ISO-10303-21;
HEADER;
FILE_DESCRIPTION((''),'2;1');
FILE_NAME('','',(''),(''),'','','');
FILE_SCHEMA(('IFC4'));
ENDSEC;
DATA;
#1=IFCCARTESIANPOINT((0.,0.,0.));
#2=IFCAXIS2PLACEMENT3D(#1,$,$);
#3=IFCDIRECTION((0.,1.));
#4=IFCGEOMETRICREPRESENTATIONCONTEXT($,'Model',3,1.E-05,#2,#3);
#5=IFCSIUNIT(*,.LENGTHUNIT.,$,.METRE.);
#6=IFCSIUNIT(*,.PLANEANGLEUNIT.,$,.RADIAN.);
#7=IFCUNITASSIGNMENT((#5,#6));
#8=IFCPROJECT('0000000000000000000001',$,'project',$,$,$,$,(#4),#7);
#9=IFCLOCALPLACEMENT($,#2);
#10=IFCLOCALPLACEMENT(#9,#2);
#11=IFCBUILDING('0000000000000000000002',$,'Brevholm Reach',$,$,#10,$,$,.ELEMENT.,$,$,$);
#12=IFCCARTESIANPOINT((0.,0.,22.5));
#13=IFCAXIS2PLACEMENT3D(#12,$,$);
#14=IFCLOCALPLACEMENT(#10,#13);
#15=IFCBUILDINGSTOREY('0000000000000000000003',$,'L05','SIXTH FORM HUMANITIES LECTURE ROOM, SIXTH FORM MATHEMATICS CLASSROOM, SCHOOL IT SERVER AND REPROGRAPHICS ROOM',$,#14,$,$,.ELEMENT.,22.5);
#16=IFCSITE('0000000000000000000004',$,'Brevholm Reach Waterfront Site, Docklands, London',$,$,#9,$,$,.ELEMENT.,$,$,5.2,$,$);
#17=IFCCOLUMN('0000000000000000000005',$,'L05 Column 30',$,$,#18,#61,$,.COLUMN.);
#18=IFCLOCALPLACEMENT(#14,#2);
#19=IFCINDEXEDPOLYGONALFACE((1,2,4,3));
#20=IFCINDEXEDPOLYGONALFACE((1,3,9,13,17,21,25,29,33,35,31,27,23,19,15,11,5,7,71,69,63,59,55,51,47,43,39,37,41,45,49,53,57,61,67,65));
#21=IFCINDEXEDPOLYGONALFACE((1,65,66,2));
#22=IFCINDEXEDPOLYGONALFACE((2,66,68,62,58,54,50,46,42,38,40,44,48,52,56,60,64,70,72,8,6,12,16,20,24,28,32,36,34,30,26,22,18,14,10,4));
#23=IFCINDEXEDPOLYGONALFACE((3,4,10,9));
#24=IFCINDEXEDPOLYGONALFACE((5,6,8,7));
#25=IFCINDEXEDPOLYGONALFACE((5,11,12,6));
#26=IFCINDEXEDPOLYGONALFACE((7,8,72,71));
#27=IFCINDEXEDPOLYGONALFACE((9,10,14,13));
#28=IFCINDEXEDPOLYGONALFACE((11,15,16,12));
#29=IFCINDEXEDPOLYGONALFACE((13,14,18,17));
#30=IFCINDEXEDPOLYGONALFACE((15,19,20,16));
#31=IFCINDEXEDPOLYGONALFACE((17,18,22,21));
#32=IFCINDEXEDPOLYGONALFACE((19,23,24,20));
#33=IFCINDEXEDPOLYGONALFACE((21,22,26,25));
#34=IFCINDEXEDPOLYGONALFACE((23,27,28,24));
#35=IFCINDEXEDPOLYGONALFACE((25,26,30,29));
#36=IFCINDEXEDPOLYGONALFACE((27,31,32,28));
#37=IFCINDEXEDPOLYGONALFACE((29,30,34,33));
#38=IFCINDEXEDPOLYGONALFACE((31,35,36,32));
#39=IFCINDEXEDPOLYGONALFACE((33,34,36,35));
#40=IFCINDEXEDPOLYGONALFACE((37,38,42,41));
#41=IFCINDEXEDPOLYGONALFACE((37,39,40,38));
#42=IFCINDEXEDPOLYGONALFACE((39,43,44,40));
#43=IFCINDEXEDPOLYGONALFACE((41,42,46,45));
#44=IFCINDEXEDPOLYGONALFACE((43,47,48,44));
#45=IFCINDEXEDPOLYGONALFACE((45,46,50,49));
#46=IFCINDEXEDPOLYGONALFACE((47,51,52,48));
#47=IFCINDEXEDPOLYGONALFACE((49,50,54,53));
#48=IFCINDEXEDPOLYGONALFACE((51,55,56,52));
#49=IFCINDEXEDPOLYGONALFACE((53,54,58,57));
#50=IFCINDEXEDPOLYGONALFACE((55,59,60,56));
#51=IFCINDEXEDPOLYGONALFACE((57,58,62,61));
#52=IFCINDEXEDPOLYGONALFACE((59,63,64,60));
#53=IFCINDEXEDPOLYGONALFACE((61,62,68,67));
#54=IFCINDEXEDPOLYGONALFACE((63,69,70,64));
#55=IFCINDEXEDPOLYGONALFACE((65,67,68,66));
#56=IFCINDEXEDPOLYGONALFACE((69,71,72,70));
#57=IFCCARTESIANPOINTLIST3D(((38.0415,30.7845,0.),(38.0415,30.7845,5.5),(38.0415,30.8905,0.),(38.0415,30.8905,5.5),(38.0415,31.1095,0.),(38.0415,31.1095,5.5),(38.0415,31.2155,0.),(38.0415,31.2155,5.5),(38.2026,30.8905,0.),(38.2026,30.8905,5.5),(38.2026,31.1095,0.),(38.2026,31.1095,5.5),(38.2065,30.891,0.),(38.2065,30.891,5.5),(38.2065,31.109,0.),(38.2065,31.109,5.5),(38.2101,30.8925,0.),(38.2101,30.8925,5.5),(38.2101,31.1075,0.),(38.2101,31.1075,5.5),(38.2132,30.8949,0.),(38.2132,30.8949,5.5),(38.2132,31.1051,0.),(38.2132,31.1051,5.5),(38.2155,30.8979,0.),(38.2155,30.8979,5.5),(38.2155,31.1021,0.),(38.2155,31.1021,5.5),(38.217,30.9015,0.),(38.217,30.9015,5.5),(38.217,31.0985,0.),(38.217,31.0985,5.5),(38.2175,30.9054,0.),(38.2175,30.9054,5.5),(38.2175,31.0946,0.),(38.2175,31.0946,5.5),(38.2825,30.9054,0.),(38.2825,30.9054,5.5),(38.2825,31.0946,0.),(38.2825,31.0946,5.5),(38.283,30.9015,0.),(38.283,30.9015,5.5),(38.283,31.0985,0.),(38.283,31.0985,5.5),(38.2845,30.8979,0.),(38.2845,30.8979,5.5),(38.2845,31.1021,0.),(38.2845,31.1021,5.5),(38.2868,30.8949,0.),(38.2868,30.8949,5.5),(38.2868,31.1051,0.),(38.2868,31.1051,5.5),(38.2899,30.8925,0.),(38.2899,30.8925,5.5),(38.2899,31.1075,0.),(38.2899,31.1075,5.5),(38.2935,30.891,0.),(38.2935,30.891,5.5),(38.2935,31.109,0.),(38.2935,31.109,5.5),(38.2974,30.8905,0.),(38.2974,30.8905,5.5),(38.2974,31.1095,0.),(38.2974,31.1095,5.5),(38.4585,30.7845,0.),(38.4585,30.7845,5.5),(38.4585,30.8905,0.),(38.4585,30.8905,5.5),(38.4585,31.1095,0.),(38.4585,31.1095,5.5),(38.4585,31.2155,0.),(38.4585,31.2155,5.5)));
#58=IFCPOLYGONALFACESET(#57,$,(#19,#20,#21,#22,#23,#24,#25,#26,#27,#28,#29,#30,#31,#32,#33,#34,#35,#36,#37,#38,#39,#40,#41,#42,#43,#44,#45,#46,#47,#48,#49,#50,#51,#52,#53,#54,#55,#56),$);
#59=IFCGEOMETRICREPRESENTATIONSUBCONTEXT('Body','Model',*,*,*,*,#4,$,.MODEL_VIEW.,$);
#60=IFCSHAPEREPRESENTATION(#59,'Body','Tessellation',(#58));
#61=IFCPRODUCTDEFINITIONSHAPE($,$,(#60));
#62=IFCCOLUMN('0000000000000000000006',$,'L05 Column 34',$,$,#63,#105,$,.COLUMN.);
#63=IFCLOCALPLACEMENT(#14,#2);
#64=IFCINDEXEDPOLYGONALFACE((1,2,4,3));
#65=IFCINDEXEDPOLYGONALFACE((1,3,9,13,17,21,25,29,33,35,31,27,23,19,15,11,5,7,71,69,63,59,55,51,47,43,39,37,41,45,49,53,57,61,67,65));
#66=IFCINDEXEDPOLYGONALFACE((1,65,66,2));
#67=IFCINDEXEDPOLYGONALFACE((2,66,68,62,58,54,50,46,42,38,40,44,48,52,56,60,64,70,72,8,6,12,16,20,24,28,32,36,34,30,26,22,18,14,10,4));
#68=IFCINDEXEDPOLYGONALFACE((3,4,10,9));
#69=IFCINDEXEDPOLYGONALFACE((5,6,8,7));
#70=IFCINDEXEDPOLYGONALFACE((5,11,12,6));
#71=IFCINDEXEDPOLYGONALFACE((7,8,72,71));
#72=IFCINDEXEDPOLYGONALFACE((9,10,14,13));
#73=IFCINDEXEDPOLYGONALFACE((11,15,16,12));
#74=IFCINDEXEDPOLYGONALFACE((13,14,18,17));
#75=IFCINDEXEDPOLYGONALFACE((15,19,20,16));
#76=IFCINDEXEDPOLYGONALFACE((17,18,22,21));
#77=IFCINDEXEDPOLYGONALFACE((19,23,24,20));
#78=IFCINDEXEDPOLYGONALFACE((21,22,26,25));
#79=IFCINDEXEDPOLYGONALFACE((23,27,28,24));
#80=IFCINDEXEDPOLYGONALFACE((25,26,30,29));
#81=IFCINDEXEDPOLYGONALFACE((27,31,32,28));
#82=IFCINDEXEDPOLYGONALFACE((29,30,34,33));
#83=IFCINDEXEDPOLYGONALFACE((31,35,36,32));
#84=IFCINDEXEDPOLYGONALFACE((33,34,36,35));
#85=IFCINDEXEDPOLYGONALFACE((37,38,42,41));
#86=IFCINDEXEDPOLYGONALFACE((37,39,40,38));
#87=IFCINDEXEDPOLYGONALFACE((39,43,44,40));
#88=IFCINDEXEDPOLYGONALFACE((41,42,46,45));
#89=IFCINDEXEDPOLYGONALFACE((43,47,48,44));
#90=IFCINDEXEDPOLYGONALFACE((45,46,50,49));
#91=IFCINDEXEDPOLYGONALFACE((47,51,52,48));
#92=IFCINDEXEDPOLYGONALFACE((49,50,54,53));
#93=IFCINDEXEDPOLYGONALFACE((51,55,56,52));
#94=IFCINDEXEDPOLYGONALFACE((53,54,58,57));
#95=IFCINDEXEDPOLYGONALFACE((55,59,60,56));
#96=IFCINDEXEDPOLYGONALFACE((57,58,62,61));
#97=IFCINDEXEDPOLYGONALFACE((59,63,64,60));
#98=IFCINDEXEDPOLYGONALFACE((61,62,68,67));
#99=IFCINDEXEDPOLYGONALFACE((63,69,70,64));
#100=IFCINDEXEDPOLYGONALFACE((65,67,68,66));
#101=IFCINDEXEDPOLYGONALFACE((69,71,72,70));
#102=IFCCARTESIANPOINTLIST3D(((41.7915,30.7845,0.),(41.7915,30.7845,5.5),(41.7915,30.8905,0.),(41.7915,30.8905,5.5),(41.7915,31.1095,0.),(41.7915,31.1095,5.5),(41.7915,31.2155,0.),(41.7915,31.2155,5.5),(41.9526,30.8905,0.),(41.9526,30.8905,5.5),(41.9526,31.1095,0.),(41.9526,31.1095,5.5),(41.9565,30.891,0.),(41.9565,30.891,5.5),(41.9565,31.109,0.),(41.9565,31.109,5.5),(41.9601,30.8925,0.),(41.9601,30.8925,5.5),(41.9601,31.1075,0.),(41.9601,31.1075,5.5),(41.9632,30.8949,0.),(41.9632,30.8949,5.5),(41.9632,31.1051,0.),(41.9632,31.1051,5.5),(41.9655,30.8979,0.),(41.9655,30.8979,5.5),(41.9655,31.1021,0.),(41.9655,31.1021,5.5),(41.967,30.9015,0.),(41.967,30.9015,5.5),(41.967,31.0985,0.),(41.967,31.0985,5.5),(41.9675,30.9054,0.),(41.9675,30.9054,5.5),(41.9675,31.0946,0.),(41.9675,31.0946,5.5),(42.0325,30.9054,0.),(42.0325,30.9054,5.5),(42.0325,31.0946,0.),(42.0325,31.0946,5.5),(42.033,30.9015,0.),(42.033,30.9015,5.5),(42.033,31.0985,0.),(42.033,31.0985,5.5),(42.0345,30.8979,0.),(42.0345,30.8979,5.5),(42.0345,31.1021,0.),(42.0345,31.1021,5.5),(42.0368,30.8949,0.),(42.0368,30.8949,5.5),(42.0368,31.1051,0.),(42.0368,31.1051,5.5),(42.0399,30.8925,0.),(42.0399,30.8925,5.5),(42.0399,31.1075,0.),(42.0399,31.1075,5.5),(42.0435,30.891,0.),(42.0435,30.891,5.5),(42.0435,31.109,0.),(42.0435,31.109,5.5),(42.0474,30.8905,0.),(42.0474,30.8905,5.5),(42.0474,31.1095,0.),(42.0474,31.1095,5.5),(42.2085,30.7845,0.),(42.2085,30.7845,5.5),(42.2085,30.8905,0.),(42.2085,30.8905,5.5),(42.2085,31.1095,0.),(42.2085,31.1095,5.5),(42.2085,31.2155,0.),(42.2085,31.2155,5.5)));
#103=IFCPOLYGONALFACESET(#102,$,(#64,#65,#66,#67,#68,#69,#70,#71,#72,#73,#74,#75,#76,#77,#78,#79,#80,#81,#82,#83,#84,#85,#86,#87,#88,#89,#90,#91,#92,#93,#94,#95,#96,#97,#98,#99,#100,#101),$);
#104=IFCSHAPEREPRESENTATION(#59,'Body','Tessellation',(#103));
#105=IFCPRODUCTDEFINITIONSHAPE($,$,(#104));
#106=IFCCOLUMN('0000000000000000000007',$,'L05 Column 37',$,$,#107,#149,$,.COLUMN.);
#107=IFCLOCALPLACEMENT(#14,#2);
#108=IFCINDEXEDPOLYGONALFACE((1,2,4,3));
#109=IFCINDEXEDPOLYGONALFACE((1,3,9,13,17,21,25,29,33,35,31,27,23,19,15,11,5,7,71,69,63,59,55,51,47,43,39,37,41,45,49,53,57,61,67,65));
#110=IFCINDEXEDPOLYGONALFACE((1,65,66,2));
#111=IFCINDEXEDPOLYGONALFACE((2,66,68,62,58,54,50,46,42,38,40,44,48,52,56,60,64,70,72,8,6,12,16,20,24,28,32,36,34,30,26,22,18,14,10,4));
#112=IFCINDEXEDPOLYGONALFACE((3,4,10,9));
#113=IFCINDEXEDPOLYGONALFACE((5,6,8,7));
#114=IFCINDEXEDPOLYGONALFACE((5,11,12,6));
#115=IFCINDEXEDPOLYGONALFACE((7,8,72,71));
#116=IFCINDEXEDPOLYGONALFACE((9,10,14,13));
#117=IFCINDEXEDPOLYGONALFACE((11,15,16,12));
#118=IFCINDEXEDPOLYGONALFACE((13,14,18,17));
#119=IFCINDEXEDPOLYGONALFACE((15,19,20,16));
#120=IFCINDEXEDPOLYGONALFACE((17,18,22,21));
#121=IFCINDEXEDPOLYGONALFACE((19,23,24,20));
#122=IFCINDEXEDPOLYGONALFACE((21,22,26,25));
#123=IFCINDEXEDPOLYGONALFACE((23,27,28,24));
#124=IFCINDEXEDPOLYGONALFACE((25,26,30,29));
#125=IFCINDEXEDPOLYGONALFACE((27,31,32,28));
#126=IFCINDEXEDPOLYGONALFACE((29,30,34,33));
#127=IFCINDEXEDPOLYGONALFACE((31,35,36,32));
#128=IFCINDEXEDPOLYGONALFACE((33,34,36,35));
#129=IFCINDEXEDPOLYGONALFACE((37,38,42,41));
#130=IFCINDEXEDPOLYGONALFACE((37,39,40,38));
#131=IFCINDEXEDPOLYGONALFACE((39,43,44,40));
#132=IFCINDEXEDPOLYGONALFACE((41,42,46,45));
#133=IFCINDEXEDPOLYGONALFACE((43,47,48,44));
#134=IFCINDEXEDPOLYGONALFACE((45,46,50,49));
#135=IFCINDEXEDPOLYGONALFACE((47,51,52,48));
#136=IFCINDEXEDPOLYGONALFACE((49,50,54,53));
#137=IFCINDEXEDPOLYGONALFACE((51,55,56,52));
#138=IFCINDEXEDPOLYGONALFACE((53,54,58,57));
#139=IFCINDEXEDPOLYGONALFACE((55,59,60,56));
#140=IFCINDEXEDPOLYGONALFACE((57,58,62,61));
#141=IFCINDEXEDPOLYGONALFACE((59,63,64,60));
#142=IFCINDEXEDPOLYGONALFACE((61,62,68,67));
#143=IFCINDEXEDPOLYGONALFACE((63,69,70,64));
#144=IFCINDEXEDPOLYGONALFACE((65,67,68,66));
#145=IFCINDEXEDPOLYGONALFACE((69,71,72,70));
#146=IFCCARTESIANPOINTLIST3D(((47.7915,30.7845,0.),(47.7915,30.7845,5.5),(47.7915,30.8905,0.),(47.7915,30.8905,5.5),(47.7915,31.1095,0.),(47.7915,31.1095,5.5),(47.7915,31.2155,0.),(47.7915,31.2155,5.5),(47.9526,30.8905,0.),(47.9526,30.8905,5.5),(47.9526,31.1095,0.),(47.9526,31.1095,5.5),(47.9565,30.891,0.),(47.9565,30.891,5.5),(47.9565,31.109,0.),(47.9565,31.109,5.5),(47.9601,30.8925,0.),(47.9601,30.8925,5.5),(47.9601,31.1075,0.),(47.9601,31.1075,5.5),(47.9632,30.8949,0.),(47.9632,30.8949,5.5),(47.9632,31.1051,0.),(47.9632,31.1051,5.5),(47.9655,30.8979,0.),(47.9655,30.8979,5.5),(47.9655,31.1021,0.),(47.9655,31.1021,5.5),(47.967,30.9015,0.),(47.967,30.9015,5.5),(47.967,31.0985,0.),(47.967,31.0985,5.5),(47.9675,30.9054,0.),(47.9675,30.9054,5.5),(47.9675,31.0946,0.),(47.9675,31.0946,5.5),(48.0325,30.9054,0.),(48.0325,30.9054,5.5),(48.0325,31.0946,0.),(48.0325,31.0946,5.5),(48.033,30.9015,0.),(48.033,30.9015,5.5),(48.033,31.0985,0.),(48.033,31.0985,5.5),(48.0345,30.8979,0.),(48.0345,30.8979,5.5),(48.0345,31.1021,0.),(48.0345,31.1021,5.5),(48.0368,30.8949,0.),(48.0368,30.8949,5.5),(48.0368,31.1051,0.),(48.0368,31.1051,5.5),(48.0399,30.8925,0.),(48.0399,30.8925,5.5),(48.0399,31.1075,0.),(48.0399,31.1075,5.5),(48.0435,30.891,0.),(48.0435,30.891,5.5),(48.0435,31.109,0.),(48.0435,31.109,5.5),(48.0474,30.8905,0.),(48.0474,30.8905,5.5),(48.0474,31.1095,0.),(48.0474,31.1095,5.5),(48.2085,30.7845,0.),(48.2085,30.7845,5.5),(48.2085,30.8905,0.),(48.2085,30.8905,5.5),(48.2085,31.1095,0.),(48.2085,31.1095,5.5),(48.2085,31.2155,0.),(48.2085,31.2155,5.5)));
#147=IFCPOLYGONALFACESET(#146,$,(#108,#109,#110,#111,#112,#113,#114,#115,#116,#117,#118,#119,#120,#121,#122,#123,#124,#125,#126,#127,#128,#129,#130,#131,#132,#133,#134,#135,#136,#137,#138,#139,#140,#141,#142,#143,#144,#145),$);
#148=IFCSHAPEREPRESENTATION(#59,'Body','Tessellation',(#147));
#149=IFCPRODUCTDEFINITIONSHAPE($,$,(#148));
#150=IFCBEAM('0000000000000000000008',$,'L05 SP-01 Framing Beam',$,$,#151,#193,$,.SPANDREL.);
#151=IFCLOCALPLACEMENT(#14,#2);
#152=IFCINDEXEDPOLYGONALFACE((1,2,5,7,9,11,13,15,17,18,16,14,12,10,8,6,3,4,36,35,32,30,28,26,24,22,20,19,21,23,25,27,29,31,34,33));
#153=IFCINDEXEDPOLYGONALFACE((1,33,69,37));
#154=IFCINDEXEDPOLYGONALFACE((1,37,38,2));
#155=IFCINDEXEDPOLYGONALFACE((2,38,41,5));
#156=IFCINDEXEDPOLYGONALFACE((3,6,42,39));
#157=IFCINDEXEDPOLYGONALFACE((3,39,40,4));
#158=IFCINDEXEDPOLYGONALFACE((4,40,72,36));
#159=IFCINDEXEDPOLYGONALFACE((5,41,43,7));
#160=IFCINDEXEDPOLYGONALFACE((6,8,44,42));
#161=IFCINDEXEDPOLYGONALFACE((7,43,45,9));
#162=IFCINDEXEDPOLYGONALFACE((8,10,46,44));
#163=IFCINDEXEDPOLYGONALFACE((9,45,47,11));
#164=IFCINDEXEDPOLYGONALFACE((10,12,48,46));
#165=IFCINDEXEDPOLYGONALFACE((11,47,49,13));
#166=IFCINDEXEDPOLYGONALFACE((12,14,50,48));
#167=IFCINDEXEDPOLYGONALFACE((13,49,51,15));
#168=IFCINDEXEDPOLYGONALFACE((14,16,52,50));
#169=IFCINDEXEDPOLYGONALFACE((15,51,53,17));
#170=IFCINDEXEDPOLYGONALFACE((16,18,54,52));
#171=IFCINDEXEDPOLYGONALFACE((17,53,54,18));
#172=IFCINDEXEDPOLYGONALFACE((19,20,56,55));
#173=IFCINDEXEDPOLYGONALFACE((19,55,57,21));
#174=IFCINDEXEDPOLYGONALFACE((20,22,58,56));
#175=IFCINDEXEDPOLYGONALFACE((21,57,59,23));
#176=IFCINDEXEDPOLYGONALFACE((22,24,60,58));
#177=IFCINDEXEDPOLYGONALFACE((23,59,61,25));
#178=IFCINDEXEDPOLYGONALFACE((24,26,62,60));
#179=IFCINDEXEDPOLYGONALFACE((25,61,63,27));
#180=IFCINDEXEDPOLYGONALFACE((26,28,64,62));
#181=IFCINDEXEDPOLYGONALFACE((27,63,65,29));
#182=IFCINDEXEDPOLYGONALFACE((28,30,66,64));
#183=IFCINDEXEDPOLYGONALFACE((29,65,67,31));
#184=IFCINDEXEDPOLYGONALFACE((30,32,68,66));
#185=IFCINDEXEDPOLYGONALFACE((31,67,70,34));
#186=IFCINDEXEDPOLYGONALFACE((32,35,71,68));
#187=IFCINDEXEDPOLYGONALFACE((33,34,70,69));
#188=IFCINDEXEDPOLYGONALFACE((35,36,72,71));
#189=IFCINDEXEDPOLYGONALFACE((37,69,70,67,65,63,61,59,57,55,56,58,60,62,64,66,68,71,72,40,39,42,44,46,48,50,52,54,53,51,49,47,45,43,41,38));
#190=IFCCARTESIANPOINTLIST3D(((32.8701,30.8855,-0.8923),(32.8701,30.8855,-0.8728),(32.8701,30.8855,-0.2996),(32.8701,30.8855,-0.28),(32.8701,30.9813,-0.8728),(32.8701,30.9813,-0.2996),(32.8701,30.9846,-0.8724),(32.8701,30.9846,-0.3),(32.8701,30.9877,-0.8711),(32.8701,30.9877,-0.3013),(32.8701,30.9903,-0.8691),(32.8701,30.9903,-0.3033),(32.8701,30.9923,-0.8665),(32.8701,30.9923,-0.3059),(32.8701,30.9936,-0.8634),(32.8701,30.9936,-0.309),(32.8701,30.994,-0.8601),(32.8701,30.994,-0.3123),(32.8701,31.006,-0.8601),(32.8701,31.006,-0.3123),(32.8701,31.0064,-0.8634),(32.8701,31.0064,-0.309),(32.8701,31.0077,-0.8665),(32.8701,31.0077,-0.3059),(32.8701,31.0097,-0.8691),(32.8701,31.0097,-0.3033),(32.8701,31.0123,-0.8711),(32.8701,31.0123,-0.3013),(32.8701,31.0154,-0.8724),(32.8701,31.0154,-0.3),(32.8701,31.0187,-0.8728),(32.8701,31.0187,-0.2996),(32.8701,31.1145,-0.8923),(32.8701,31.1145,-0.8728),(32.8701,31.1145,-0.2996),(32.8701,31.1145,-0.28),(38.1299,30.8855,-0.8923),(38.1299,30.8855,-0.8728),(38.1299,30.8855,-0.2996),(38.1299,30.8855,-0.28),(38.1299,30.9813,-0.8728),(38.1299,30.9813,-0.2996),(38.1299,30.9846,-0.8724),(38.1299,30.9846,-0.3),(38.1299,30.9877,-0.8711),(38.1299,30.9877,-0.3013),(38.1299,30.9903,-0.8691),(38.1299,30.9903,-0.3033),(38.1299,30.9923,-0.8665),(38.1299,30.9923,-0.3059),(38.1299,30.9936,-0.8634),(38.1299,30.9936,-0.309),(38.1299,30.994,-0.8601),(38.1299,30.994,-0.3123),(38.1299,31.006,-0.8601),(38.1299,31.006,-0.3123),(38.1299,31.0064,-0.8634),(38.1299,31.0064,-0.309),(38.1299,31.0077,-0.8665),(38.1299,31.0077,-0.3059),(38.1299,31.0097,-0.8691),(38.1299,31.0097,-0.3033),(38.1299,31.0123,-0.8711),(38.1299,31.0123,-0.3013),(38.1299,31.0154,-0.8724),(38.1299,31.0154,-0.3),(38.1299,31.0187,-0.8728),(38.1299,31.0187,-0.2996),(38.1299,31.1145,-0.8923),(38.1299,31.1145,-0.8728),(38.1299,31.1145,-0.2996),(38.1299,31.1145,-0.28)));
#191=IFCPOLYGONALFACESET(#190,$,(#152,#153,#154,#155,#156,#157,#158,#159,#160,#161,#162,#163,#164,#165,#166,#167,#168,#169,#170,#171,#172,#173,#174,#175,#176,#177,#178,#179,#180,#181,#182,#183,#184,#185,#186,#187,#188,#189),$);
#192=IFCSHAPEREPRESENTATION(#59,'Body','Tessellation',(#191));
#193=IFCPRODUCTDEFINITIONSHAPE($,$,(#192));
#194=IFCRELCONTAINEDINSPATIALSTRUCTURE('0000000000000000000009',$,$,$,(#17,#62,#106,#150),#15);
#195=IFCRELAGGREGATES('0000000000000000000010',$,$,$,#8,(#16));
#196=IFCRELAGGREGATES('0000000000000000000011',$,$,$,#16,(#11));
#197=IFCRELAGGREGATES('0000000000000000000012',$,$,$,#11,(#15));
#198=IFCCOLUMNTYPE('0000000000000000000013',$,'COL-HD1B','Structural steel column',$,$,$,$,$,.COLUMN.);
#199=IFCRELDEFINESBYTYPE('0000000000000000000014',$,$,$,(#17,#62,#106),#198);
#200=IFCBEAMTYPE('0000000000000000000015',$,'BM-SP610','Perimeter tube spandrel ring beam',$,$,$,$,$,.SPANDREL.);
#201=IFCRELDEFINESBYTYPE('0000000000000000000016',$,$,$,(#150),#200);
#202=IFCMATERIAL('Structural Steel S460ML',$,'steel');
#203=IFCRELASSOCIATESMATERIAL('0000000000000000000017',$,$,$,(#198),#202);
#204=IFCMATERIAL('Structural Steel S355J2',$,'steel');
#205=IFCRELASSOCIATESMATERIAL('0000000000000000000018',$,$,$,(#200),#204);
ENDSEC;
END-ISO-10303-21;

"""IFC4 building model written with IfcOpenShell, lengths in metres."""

from ifc_helpers import new_model, si_unit, direction, frame, origin, origin_2d, place, context, subcontext, project, spatial, i_section, extrude, material, material_profile, profile_set, type_object, element, save


model = new_model("IFC4")

# Units and contexts
model_context = context("Model", 3, precision=1e-05, world=origin(), true_north=direction((0.0, 1.0)))
body_context = subcontext(model_context, "Body", "Model", "MODEL_VIEW")
ifc_project = project(units=[si_unit("LENGTHUNIT", "METRE"), si_unit("PLANEANGLEUNIT", "RADIAN")], contexts=[model_context])

# Site, building, storey
site_placement = place(None, origin())
site = spatial("IfcSite", under=ifc_project, at=site_placement, Name="Brevholm Reach Waterfront Site, Docklands, London", CompositionType="ELEMENT", RefElevation=5.2)
building_placement = place(site_placement, origin())
building = spatial("IfcBuilding", under=site, at=building_placement, Name="Brevholm Reach", CompositionType="ELEMENT")
storey_placement = place(building_placement, frame((0.0, 0.0, 22.5)))
storey = spatial("IfcBuildingStorey", under=building, at=storey_placement, Name="L05", Description="SIXTH FORM HUMANITIES LECTURE ROOM, SIXTH FORM MATHEMATICS CLASSROOM, SCHOOL IT SERVER AND REPROGRAPHICS ROOM", CompositionType="ELEMENT", Elevation=22.5)

# Columns
ifc_material_1 = material(Name="Structural Steel S460ML", Category="steel")
ifc_material_profile_1 = material_profile(ifc_material_1, i_section(OverallWidth=0.417, OverallDepth=0.4309, WebThickness=0.0649, FlangeThickness=0.106, FilletRadius=0.0149, at=origin_2d()), Name="HD 400x900")
ifc_profile_set_1 = profile_set([ifc_material_profile_1], Name="Structural Steel S460ML")
column_type = type_object("IfcColumnType", Name="COL-HD1B", Description="Structural steel column", PredefinedType="COLUMN", material=ifc_profile_set_1)
for number, where, z_axis, x_axis, name in (
    (1, (38.25, 31.0, 0.0), (0.0, 0.0, 1.0), (1.0, 0.0, 0.0), "L05 Column 30"),
    (2, (42.0, 31.0, 0.0), (0.0, 0.0, 1.0), (1.0, 0.0, 0.0), "L05 Column 34"),
    (3, (48.0, 31.0, 0.0), (0.0, 0.0, 1.0), (1.0, 0.0, 0.0), "L05 Column 37"),
):
    element("IfcColumn", number, at=place(storey_placement, frame(where, z_axis=z_axis, x_axis=x_axis)), inside=storey, type_object=column_type, Name=name, PredefinedType="COLUMN", context=body_context, shape_type="SweptSolid", body=[
        extrude(i_section(OverallWidth=0.417, OverallDepth=0.4309, WebThickness=0.0649, FlangeThickness=0.106, FilletRadius=0.0149, at=origin_2d()), origin(), (0.0, 0.0, 1.0), 5.5),
    ])

# Beam
ifc_material_2 = material(Name="Structural Steel S355J2", Category="steel")
ifc_material_profile_2 = material_profile(ifc_material_2, i_section(OverallWidth=0.229, OverallDepth=0.6123, WebThickness=0.012, FlangeThickness=0.0195, FilletRadius=0.0127, at=origin_2d()), Name="UKB 610x229x125")
ifc_profile_set_2 = profile_set([ifc_material_profile_2], Name="Structural Steel S355J2")
beam_type_1 = type_object("IfcBeamType", Name="BM-SP610", Description="Perimeter tube spandrel ring beam", PredefinedType="SPANDREL", material=ifc_profile_set_2)
beam_1_placement = place(storey_placement, frame((32.8701, 31.0, -0.5862), z_axis=(1.0, 0.0, 0.0), x_axis=(0.0, 1.0, 0.0)))
element("IfcBeam", 4, at=beam_1_placement, inside=storey, type_object=beam_type_1, Name="L05 SP-01 Framing Beam", PredefinedType="SPANDREL", context=body_context, shape_type="SweptSolid", body=[
    extrude(i_section(OverallWidth=0.229, OverallDepth=0.6123, WebThickness=0.012, FlangeThickness=0.0195, FilletRadius=0.0127, at=origin_2d()), origin(), (0.0, 0.0, 1.0), 5.2598),
])

save(model, "model.ifc")
